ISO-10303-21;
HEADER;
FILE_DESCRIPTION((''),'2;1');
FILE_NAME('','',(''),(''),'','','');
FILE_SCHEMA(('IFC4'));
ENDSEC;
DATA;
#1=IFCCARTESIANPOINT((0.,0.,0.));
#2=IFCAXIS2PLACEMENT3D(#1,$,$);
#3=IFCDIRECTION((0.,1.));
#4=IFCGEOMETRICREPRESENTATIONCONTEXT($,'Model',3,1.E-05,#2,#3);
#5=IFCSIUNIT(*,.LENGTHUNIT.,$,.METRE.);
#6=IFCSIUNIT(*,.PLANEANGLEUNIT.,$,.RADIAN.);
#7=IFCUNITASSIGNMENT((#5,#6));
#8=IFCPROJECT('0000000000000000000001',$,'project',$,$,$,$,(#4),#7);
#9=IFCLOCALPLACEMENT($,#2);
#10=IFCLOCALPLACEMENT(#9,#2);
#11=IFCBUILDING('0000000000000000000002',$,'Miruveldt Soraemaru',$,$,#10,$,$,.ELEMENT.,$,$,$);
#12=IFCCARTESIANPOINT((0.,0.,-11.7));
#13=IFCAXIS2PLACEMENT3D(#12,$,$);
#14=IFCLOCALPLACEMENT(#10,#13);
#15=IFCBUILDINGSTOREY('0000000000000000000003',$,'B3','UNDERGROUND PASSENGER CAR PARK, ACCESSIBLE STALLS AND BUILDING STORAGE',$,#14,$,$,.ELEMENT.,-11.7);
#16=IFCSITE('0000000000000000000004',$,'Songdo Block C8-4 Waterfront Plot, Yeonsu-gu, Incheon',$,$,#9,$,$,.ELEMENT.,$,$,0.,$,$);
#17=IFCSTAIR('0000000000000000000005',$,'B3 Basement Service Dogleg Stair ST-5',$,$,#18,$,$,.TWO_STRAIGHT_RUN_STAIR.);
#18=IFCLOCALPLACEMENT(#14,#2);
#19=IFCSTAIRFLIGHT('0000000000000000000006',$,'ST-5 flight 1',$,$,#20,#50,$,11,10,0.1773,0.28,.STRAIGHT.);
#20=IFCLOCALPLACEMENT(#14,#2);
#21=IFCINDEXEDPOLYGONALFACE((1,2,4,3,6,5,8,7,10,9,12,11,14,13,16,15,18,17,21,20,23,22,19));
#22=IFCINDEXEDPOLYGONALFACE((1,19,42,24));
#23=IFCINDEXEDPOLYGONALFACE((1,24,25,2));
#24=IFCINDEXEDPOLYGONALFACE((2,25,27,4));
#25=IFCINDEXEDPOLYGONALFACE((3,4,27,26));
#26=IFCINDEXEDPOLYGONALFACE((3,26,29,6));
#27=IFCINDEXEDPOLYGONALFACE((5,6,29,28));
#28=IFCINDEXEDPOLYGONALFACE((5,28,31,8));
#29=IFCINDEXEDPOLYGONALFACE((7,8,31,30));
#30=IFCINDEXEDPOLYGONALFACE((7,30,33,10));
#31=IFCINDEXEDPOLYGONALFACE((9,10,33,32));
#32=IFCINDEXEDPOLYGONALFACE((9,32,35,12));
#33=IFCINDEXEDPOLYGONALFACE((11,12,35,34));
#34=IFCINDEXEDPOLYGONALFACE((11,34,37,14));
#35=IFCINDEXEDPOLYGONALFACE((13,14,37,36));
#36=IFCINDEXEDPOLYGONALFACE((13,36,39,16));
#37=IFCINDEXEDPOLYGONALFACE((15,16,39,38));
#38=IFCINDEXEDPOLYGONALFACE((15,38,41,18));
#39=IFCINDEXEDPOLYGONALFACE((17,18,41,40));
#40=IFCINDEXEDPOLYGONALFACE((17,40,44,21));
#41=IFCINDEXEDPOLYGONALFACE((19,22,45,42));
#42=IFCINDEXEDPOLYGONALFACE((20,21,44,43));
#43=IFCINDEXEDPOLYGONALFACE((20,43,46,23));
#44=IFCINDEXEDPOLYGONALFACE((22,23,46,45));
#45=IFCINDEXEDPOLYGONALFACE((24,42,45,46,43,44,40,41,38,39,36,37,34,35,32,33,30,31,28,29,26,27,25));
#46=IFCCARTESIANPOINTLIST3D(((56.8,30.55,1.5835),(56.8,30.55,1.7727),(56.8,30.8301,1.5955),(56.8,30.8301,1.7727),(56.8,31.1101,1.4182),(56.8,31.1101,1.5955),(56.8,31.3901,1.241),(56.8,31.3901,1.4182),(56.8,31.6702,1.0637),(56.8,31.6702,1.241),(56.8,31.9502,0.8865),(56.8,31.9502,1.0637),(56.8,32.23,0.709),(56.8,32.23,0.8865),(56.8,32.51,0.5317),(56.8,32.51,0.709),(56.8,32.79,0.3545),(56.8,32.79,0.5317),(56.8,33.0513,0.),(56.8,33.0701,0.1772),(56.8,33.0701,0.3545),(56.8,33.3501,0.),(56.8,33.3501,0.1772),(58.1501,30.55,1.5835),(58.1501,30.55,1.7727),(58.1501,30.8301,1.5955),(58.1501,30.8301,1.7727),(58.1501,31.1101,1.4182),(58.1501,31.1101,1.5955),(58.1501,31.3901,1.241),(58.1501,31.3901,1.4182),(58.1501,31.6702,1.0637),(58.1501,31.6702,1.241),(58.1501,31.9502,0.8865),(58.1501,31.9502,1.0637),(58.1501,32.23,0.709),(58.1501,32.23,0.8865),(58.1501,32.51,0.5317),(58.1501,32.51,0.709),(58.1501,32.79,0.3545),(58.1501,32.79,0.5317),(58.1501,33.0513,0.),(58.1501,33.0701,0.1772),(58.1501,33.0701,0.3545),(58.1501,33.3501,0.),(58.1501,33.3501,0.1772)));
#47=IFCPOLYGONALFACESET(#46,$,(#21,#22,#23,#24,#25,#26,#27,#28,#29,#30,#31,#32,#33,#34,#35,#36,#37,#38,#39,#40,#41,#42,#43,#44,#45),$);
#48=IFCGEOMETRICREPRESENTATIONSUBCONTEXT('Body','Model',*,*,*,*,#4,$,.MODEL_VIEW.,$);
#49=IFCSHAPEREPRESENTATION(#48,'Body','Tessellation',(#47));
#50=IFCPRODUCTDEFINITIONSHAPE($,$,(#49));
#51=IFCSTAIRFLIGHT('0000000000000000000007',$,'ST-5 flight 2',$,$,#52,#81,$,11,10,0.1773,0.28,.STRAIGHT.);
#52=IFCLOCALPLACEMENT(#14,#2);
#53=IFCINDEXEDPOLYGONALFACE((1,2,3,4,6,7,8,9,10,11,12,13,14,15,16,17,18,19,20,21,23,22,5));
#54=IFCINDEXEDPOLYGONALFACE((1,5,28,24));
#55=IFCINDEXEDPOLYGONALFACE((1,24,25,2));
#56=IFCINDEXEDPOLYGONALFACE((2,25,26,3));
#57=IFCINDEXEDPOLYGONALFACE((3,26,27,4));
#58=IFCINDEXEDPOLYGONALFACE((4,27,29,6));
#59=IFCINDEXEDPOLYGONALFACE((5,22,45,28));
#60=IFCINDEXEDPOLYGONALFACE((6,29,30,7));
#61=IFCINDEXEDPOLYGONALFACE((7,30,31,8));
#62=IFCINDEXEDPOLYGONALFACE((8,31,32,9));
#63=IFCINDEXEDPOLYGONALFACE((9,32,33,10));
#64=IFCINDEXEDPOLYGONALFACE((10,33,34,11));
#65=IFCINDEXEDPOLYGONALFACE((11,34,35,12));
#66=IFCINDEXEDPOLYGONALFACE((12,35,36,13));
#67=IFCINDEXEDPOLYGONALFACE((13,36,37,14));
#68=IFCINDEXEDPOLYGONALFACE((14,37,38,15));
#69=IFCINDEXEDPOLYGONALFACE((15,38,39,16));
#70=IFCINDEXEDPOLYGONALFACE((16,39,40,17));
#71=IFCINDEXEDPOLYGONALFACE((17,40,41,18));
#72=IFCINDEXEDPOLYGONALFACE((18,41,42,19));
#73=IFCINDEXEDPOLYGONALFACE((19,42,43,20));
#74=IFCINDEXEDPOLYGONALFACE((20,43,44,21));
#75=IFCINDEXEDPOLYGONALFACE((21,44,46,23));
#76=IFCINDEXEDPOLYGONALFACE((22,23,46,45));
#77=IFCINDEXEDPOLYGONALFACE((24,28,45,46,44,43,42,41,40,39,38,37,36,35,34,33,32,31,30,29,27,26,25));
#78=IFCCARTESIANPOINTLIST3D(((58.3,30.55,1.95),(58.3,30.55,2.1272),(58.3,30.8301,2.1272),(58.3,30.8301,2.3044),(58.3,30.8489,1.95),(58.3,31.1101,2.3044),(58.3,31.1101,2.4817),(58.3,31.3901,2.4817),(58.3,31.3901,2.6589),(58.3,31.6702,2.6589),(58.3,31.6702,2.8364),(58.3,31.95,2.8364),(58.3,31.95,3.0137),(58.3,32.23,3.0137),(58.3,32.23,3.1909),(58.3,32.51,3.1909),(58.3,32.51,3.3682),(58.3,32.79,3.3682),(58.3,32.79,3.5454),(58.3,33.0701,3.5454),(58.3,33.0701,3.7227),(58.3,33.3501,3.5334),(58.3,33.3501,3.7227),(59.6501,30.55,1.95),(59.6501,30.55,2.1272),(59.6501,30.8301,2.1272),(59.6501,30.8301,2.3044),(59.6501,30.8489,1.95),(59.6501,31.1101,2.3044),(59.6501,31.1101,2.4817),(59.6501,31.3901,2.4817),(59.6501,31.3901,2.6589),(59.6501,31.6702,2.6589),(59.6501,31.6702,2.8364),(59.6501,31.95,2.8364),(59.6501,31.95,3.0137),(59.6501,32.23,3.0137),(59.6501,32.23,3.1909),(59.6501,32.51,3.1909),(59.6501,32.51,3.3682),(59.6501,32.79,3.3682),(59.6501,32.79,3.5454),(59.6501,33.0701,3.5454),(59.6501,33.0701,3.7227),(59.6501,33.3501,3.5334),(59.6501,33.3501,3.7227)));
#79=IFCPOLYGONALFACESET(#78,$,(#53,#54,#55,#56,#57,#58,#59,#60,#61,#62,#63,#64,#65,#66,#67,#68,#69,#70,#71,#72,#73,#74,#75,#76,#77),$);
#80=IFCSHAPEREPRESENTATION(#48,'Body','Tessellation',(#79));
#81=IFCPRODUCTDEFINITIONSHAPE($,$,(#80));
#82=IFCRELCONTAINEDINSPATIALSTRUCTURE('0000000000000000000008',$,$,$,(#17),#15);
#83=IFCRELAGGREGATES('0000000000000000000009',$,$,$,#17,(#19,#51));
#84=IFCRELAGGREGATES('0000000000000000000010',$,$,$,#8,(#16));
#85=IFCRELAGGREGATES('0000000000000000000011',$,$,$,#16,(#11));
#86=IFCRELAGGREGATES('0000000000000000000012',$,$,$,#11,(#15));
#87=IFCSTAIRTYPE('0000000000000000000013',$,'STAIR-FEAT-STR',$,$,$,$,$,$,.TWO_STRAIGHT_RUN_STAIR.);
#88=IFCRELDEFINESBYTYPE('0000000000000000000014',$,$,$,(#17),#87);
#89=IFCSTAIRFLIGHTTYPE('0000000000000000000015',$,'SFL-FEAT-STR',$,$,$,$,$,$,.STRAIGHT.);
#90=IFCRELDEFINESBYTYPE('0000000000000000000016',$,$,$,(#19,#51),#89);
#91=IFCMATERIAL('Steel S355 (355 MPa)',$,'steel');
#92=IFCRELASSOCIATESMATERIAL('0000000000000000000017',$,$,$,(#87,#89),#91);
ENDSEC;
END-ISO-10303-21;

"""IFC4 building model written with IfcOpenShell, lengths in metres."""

from ifc_helpers import new_model, si_unit, direction, frame, origin, place, context, subcontext, project, spatial, polyline, outline, extrude, material, type_object, element, aggregate, save


model = new_model("IFC4")

# Units and contexts
model_context = context("Model", 3, precision=1e-05, world=origin(), true_north=direction((0.0, 1.0)))
body_context = subcontext(model_context, "Body", "Model", "MODEL_VIEW")
ifc_project = project(units=[si_unit("LENGTHUNIT", "METRE"), si_unit("PLANEANGLEUNIT", "RADIAN")], contexts=[model_context])

# Site, building, storey
site_placement = place(None, origin())
site = spatial("IfcSite", under=ifc_project, at=site_placement, Name="Songdo Block C8-4 Waterfront Plot, Yeonsu-gu, Incheon", CompositionType="ELEMENT", RefElevation=0.0)
building_placement = place(site_placement, origin())
building = spatial("IfcBuilding", under=site, at=building_placement, Name="Miruveldt Soraemaru", CompositionType="ELEMENT")
storey_placement = place(building_placement, frame((0.0, 0.0, -11.7)))
storey = spatial("IfcBuildingStorey", under=building, at=storey_placement, Name="B3", Description="UNDERGROUND PASSENGER CAR PARK, ACCESSIBLE STALLS AND BUILDING STORAGE", CompositionType="ELEMENT", Elevation=-11.7)

# Stair, stair flights
ifc_material_1 = material(Name="Steel S355 (355 MPa)", Category="steel")
stair_type = type_object("IfcStairType", Name="STAIR-FEAT-STR", PredefinedType="TWO_STRAIGHT_RUN_STAIR", material=ifc_material_1)
stair_placement = place(storey_placement, origin())
stair = element("IfcStair", 1, at=stair_placement, inside=storey, type_object=stair_type, Name="B3 Basement Service Dogleg Stair ST-5", PredefinedType="TWO_STRAIGHT_RUN_STAIR")
stair_flight_type = type_object("IfcStairFlightType", Name="SFL-FEAT-STR", PredefinedType="STRAIGHT", material=ifc_material_1)
stair_flight_1_placement = place(storey_placement, frame((57.4751, 33.3501, 0.0), z_axis=(0.0, 0.0, 1.0), x_axis=(0.0, -1.0, 0.0)))
stair_flight_1 = element("IfcStairFlight", 2, at=stair_flight_1_placement, type_object=stair_flight_type, Name="ST-5 flight 1", NumberOfRisers=11, NumberOfTreads=10, PredefinedType="STRAIGHT", RiserHeight=0.1773, TreadLength=0.28, context=body_context, shape_type="SweptSolid", body=[
    extrude(outline(polyline([(0.0, 0.0), (0.0, 0.1772), (0.28, 0.1772), (0.28, 0.3545), (0.5601, 0.3545), (0.5601, 0.5317), (0.8401, 0.5317), (0.8401, 0.709), (1.1201, 0.709), (1.1201, 0.8865), (1.3999, 0.8865), (1.3999, 1.0637), (1.6799, 1.0637), (1.6799, 1.241), (1.96, 1.241), (1.96, 1.4182), (2.24, 1.4182), (2.24, 1.5955), (2.52, 1.5955), (2.52, 1.7727), (2.8, 1.7727), (2.8, 1.95), (2.8, 1.5835), (0.2988, 0.0), (0.0, 0.0)])), frame((0.0, 0.675, 0.0), z_axis=(0.0, -1.0, 0.0), x_axis=(1.0, 0.0, 0.0)), (0.0, 0.0, 1.0), 1.3501),
])
stair_flight_2_placement = place(storey_placement, frame((58.9751, 30.55, 1.95), z_axis=(0.0, 0.0, 1.0), x_axis=(0.0, 1.0, 0.0)))
stair_flight_2 = element("IfcStairFlight", 3, at=stair_flight_2_placement, type_object=stair_flight_type, Name="ST-5 flight 2", NumberOfRisers=11, NumberOfTreads=10, PredefinedType="STRAIGHT", RiserHeight=0.1773, TreadLength=0.28, context=body_context, shape_type="SweptSolid", body=[
    extrude(outline(polyline([(0.0, 0.0), (0.0, 0.1772), (0.28, 0.1772), (0.28, 0.3545), (0.5601, 0.3545), (0.5601, 0.5317), (0.8401, 0.5317), (0.8401, 0.709), (1.1201, 0.709), (1.1201, 0.8865), (1.3999, 0.8865), (1.3999, 1.0637), (1.6799, 1.0637), (1.6799, 1.241), (1.96, 1.241), (1.96, 1.4182), (2.24, 1.4182), (2.24, 1.5955), (2.52, 1.5955), (2.52, 1.7727), (2.8, 1.7727), (2.8, 1.95), (2.8, 1.5835), (0.2988, 0.0), (0.0, 0.0)])), frame((0.0, 0.675, 0.0), z_axis=(0.0, -1.0, 0.0), x_axis=(1.0, 0.0, 0.0)), (0.0, 0.0, 1.0), 1.3501),
])
aggregate(stair, [stair_flight_1, stair_flight_2])

save(model, "model.ifc")
